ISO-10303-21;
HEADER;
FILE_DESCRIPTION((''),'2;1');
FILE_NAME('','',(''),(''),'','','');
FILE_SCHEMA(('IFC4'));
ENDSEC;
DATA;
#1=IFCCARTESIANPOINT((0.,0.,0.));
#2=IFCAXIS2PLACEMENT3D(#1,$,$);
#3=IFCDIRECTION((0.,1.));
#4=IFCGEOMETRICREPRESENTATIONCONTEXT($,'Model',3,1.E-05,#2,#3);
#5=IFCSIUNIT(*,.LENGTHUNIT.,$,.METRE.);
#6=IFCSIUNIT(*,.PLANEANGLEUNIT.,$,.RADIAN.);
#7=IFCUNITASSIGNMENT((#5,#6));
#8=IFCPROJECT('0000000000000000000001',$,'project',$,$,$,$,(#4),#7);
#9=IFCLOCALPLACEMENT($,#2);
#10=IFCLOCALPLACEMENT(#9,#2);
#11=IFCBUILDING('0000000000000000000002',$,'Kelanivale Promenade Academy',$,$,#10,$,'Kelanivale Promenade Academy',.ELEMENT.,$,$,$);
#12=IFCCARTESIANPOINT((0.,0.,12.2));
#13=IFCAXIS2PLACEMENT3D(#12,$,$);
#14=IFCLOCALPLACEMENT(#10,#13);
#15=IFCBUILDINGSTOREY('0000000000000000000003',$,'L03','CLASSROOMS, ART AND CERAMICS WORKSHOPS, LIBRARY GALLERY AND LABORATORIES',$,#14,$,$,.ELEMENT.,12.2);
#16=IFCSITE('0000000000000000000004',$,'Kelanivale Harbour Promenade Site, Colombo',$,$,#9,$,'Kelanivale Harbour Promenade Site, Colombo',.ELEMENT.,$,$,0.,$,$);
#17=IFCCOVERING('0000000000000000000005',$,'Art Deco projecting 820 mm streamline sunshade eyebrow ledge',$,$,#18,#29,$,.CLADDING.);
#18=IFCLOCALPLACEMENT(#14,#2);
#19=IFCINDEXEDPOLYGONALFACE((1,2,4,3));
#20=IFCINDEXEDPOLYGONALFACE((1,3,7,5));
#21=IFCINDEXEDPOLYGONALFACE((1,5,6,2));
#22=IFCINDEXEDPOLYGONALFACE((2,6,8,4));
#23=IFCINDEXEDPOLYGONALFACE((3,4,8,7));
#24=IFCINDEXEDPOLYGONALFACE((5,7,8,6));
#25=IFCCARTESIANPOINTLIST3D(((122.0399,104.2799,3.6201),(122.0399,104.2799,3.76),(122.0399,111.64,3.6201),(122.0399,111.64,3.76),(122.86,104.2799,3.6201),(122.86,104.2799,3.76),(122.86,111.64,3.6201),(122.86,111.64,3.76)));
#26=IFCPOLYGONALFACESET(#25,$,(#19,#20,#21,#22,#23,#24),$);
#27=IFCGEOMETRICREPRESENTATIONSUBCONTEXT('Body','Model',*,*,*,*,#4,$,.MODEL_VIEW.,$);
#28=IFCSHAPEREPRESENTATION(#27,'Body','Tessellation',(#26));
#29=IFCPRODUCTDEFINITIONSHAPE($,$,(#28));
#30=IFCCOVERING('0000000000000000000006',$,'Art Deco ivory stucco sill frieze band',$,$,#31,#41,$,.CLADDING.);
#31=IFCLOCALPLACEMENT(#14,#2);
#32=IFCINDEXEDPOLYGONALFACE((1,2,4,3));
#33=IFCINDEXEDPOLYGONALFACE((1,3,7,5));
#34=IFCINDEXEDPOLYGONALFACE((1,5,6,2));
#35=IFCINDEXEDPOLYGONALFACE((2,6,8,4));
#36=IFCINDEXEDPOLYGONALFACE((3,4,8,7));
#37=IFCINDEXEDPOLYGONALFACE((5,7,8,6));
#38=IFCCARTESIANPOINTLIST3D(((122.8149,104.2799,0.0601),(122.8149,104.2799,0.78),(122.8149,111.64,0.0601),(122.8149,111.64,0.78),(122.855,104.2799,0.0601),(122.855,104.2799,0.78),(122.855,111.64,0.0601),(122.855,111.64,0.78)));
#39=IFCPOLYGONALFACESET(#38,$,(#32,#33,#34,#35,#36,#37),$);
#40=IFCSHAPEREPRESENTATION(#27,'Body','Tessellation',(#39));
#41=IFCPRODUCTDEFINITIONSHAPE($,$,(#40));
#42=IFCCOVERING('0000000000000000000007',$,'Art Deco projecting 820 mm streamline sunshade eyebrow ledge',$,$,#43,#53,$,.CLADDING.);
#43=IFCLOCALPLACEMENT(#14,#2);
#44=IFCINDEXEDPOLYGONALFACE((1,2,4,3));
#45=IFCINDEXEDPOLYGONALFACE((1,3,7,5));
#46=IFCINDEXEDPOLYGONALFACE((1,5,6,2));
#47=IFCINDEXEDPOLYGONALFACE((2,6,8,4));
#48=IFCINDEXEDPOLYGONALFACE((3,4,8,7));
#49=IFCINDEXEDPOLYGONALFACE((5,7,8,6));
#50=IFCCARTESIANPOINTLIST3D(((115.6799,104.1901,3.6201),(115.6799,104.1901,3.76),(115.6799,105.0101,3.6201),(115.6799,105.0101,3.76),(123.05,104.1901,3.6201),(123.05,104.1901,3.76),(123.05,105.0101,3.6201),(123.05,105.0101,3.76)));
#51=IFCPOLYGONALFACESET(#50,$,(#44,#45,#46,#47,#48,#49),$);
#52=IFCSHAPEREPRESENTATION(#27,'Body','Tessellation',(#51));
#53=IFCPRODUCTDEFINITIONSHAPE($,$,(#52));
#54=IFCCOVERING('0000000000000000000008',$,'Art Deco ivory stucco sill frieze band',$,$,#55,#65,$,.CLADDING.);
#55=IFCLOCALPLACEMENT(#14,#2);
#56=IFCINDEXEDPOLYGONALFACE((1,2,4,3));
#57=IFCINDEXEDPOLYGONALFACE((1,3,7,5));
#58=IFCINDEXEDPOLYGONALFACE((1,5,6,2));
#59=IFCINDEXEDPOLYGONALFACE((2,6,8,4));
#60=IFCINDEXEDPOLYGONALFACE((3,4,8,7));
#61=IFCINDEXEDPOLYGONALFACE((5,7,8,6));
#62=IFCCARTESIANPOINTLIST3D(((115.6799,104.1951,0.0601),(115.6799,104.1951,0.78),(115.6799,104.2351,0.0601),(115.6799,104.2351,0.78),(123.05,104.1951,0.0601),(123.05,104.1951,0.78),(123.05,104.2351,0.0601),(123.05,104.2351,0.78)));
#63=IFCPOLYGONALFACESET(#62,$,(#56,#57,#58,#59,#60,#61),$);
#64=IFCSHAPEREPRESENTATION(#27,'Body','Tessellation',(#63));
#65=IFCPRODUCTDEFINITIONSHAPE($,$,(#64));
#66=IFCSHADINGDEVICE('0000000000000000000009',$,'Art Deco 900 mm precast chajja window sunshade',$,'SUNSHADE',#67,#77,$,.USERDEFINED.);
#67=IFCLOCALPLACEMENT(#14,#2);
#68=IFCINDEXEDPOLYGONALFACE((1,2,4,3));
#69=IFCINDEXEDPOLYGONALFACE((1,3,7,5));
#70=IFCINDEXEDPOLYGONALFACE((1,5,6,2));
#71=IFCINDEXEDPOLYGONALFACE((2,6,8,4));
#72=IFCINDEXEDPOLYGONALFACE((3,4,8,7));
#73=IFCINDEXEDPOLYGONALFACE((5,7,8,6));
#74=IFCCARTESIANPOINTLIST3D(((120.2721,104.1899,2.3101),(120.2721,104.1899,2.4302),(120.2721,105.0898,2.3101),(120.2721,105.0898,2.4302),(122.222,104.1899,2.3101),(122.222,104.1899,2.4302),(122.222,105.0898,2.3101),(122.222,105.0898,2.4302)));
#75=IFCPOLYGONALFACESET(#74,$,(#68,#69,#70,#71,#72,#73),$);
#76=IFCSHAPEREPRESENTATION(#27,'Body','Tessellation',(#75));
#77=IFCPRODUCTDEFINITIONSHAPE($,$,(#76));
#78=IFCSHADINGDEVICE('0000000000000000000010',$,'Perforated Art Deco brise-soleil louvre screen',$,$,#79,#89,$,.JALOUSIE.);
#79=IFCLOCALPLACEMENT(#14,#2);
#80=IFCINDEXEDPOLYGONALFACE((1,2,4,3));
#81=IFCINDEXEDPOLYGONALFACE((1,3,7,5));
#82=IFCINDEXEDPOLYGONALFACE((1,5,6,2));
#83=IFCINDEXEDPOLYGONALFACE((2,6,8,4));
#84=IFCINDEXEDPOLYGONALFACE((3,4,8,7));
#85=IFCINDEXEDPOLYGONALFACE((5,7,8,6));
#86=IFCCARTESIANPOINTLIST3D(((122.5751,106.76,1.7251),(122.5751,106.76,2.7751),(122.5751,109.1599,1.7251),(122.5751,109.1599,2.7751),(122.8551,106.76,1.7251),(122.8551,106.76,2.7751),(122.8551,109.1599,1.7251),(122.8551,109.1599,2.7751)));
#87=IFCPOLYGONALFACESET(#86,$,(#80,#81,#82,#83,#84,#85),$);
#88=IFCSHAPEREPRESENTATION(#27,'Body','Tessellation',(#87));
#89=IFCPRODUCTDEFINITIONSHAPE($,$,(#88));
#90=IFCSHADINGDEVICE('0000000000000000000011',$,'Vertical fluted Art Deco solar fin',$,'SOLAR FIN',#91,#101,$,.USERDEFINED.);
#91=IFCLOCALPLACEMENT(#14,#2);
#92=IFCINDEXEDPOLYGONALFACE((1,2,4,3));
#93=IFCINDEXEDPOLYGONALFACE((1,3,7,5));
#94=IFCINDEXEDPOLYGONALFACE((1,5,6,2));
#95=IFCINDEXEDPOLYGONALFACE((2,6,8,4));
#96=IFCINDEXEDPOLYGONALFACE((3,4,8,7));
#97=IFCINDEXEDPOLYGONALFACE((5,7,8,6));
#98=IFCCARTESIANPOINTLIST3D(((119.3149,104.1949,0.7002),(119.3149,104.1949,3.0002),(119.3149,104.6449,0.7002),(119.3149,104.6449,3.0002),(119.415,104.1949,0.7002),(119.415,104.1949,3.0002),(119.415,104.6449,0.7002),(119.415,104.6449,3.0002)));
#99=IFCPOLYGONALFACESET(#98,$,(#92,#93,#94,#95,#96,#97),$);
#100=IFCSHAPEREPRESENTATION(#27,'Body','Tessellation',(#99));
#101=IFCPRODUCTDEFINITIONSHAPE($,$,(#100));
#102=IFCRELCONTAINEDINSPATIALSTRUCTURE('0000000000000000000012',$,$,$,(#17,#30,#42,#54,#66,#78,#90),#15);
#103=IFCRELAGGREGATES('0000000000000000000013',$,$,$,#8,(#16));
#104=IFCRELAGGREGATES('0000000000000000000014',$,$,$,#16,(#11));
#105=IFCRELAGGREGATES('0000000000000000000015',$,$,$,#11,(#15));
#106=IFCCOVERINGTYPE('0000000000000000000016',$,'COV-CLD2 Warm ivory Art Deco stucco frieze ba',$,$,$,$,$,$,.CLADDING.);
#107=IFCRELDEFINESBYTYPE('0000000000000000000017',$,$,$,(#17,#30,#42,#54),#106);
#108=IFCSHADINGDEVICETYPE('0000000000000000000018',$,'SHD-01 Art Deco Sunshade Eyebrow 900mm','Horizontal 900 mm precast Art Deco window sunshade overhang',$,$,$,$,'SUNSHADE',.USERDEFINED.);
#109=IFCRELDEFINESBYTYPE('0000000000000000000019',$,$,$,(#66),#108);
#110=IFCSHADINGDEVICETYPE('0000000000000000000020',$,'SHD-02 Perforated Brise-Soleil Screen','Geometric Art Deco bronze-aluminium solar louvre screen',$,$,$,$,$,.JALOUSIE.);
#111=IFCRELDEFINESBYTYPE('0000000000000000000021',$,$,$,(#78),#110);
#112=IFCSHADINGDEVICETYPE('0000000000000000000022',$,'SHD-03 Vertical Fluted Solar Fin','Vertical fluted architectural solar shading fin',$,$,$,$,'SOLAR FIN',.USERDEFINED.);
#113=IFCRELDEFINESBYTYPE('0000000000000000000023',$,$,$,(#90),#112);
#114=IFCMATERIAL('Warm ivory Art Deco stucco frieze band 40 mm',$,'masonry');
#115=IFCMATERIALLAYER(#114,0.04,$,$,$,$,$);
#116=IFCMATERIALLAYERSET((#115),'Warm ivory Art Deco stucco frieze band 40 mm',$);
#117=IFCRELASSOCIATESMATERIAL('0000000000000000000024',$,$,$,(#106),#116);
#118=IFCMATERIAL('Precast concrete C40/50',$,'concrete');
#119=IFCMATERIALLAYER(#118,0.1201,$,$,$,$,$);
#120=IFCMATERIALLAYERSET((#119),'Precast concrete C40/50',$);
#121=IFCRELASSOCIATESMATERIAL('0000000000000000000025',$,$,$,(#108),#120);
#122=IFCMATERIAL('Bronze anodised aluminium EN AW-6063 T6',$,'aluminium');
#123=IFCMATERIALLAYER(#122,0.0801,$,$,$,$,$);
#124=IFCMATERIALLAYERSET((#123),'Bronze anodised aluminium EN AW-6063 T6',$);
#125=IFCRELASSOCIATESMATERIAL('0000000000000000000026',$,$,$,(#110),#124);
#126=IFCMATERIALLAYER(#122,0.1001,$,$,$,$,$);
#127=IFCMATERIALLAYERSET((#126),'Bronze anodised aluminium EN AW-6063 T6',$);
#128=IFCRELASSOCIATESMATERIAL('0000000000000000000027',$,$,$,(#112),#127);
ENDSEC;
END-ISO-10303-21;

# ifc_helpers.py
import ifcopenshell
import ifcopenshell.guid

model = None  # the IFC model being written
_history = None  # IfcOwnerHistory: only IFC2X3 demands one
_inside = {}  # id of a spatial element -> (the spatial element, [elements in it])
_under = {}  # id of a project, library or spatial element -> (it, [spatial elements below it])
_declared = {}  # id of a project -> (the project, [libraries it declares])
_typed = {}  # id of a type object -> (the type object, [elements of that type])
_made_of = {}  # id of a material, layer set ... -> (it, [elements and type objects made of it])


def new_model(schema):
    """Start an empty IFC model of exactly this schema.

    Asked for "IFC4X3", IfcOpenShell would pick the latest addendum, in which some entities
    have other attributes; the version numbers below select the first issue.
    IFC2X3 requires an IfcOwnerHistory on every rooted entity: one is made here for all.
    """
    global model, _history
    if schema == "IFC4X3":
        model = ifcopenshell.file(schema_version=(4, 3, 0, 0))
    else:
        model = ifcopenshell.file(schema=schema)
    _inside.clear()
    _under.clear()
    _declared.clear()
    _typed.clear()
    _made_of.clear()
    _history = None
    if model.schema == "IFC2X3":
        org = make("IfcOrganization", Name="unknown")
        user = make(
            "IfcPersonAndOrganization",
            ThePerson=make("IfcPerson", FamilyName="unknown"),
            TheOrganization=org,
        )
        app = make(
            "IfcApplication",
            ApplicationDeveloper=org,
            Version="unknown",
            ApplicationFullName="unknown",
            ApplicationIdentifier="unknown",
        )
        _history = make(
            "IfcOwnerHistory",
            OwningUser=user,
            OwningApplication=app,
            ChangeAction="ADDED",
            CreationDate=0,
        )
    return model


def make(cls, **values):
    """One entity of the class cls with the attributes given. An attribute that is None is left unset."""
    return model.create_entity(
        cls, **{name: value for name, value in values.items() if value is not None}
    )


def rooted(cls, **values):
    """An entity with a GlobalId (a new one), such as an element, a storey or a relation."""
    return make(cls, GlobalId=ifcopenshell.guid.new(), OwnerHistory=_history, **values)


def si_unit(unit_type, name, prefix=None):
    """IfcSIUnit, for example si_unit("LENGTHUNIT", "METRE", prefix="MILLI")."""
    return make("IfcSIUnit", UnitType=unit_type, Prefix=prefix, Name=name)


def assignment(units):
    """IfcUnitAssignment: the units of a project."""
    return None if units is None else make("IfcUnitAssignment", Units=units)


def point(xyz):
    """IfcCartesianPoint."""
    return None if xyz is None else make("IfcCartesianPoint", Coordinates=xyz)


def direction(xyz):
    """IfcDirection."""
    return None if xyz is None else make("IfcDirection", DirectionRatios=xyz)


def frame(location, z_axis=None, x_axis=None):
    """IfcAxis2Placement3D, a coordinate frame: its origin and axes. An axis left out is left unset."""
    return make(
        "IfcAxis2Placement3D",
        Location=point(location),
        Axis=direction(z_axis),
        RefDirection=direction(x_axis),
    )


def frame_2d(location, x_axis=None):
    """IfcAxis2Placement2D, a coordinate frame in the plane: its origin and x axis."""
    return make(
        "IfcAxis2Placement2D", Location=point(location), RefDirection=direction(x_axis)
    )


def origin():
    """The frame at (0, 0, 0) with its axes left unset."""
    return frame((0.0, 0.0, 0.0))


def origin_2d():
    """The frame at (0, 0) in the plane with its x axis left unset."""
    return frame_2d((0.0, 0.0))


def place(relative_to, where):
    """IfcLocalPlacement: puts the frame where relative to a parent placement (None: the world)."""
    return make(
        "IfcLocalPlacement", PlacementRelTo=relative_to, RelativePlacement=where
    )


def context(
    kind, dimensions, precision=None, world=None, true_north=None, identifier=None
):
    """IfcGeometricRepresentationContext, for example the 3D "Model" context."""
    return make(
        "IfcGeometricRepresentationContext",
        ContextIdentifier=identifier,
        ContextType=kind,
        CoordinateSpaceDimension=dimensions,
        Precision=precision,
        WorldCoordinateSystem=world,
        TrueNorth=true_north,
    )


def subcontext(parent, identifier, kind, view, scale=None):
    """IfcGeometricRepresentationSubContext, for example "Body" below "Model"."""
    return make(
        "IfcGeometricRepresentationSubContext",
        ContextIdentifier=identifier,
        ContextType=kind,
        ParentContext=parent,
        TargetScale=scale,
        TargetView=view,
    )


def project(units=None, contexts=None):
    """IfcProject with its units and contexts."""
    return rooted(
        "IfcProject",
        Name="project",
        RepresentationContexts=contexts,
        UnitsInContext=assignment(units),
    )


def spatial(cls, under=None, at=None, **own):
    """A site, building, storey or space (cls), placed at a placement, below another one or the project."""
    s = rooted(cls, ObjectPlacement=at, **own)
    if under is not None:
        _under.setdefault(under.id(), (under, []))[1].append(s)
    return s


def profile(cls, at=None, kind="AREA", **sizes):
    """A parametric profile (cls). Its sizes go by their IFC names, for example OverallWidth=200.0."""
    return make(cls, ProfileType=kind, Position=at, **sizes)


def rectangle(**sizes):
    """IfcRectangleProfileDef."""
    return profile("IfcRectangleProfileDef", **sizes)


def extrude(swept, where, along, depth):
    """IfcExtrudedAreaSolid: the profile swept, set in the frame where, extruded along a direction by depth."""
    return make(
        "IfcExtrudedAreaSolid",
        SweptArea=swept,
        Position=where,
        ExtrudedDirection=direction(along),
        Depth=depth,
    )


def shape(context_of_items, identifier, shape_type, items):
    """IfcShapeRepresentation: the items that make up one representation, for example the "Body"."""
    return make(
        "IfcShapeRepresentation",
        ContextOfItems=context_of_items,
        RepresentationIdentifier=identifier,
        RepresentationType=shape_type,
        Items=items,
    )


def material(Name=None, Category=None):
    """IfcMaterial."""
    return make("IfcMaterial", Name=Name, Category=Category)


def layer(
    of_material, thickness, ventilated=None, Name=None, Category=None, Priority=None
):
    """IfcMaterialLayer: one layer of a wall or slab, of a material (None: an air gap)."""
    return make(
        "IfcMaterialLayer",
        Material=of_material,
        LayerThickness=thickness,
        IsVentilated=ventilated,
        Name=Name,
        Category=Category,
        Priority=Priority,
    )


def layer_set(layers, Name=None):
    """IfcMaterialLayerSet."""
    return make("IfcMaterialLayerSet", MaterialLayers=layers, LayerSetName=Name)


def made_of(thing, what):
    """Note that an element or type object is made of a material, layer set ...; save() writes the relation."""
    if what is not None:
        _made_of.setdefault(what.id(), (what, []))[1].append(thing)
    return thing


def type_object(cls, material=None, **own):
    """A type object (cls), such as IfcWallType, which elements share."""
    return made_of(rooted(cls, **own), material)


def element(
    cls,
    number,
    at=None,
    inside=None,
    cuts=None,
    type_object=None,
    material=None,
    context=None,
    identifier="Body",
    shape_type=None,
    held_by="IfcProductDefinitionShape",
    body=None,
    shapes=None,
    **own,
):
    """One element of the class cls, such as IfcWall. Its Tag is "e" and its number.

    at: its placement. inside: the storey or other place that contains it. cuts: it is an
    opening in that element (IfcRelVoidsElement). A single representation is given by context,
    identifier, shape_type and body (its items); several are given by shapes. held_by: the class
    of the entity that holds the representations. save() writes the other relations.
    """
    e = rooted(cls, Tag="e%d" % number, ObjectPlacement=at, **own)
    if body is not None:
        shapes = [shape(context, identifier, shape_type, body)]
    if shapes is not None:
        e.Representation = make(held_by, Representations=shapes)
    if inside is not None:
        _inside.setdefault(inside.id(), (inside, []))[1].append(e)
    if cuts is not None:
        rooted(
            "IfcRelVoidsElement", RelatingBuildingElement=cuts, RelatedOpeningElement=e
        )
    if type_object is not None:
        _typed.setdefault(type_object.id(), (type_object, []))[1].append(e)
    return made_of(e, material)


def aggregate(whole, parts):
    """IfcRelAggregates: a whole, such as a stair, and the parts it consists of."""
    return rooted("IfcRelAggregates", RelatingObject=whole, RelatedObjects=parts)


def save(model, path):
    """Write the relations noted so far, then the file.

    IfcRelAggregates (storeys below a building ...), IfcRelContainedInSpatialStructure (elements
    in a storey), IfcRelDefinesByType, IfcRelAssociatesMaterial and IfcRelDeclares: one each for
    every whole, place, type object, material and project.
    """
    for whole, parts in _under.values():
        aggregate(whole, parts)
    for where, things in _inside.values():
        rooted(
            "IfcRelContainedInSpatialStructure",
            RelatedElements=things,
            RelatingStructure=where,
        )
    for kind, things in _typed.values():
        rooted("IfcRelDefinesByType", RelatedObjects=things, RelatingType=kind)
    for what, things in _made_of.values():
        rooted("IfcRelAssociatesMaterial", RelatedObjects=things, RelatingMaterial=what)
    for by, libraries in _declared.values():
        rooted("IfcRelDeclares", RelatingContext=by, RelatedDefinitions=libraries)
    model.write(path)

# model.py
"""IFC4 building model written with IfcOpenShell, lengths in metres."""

from ifc_helpers import new_model, si_unit, direction, frame, origin, origin_2d, place, context, subcontext, project, spatial, rectangle, extrude, material, layer, layer_set, type_object, element, save


model = new_model("IFC4")

# Units and contexts
model_context = context("Model", 3, precision=1e-05, world=origin(), true_north=direction((0.0, 1.0)))
body_context = subcontext(model_context, "Body", "Model", "MODEL_VIEW")
ifc_project = project(units=[si_unit("LENGTHUNIT", "METRE"), si_unit("PLANEANGLEUNIT", "RADIAN")], contexts=[model_context])

# Site, building, storey
site_placement = place(None, origin())
site = spatial("IfcSite", under=ifc_project, at=site_placement, Name="Kelanivale Harbour Promenade Site, Colombo", LongName="Kelanivale Harbour Promenade Site, Colombo", CompositionType="ELEMENT", RefElevation=0.0)
building_placement = place(site_placement, origin())
building = spatial("IfcBuilding", under=site, at=building_placement, Name="Kelanivale Promenade Academy", LongName="Kelanivale Promenade Academy", CompositionType="ELEMENT")
storey_placement = place(building_placement, frame((0.0, 0.0, 12.2)))
storey = spatial("IfcBuildingStorey", under=building, at=storey_placement, Name="L03", Description="CLASSROOMS, ART AND CERAMICS WORKSHOPS, LIBRARY GALLERY AND LABORATORIES", CompositionType="ELEMENT", Elevation=12.2)

# Coverings
ifc_material_1 = material(Name="Warm ivory Art Deco stucco frieze band 40 mm", Category="masonry")
ifc_layer_1 = layer(ifc_material_1, 0.04)
ifc_layer_set_1 = layer_set([ifc_layer_1], Name="Warm ivory Art Deco stucco frieze band 40 mm")
covering_type = type_object("IfcCoveringType", Name="COV-CLD2 Warm ivory Art Deco stucco frieze ba", PredefinedType="CLADDING", material=ifc_layer_set_1)
covering_1_placement = place(storey_placement, frame((122.45, 107.96, 3.6201), z_axis=(0.0, 0.0, 1.0), x_axis=(0.0, -1.0, 0.0)))
element("IfcCovering", 1, at=covering_1_placement, inside=storey, type_object=covering_type, Name="Art Deco projecting 820 mm streamline sunshade eyebrow ledge", PredefinedType="CLADDING", context=body_context, shape_type="SweptSolid", body=[
    extrude(rectangle(XDim=7.3601, YDim=0.8201, at=origin_2d()), origin(), (0.0, 0.0, 1.0), 0.1399),
])
covering_2_placement = place(storey_placement, frame((122.835, 107.96, 0.0601), z_axis=(0.0, 0.0, 1.0), x_axis=(0.0, -1.0, 0.0)))
element("IfcCovering", 2, at=covering_2_placement, inside=storey, type_object=covering_type, Name="Art Deco ivory stucco sill frieze band", PredefinedType="CLADDING", context=body_context, shape_type="SweptSolid", body=[
    extrude(rectangle(XDim=7.3601, YDim=0.04, at=origin_2d()), origin(), (0.0, 0.0, 1.0), 0.72),
])
covering_3_placement = place(storey_placement, frame((119.365, 104.6001, 3.6201), z_axis=(0.0, 0.0, 1.0), x_axis=(-1.0, 0.0, 0.0)))
element("IfcCovering", 3, at=covering_3_placement, inside=storey, type_object=covering_type, Name="Art Deco projecting 820 mm streamline sunshade eyebrow ledge", PredefinedType="CLADDING", context=body_context, shape_type="SweptSolid", body=[
    extrude(rectangle(XDim=7.3701, YDim=0.8201, at=origin_2d()), origin(), (0.0, 0.0, 1.0), 0.1399),
])
covering_4_placement = place(storey_placement, frame((119.365, 104.2151, 0.0601), z_axis=(0.0, 0.0, 1.0), x_axis=(-1.0, 0.0, 0.0)))
element("IfcCovering", 4, at=covering_4_placement, inside=storey, type_object=covering_type, Name="Art Deco ivory stucco sill frieze band", PredefinedType="CLADDING", context=body_context, shape_type="SweptSolid", body=[
    extrude(rectangle(XDim=7.3701, YDim=0.04, at=origin_2d()), origin(), (0.0, 0.0, 1.0), 0.72),
])

# Shading devices
ifc_material_2 = material(Name="Precast concrete C40/50", Category="concrete")
ifc_layer_2 = layer(ifc_material_2, 0.1201)
ifc_layer_set_2 = layer_set([ifc_layer_2], Name="Precast concrete C40/50")
shading_device_type_1 = type_object("IfcShadingDeviceType", Name="SHD-01 Art Deco Sunshade Eyebrow 900mm", Description="Horizontal 900 mm precast Art Deco window sunshade overhang", ElementType="SUNSHADE", PredefinedType="USERDEFINED", material=ifc_layer_set_2)
shading_device_1_placement = place(storey_placement, frame((121.2471, 104.6399, 2.3101), z_axis=(0.0, 0.0, 1.0), x_axis=(-1.0, 0.0, 0.0)))
element("IfcShadingDevice", 5, at=shading_device_1_placement, inside=storey, type_object=shading_device_type_1, Name="Art Deco 900 mm precast chajja window sunshade", ObjectType="SUNSHADE", PredefinedType="USERDEFINED", context=body_context, shape_type="SweptSolid", body=[
    extrude(rectangle(XDim=1.95, YDim=0.8999, at=origin_2d()), origin(), (0.0, 0.0, 1.0), 0.1201),
])
ifc_material_3 = material(Name="Bronze anodised aluminium EN AW-6063 T6", Category="aluminium")
ifc_layer_3 = layer(ifc_material_3, 0.0801)
ifc_layer_set_3 = layer_set([ifc_layer_3], Name="Bronze anodised aluminium EN AW-6063 T6")
shading_device_type_2 = type_object("IfcShadingDeviceType", Name="SHD-02 Perforated Brise-Soleil Screen", Description="Geometric Art Deco bronze-aluminium solar louvre screen", PredefinedType="JALOUSIE", material=ifc_layer_set_3)
shading_device_2_placement = place(storey_placement, frame((122.7151, 107.96, 1.7251), z_axis=(0.0, 0.0, 1.0), x_axis=(0.0, -1.0, 0.0)))
element("IfcShadingDevice", 6, at=shading_device_2_placement, inside=storey, type_object=shading_device_type_2, Name="Perforated Art Deco brise-soleil louvre screen", PredefinedType="JALOUSIE", context=body_context, shape_type="SweptSolid", body=[
    extrude(rectangle(XDim=2.3999, YDim=0.28, at=origin_2d()), origin(), (0.0, 0.0, 1.0), 1.05),
])
ifc_layer_4 = layer(ifc_material_3, 0.1001)
ifc_layer_set_4 = layer_set([ifc_layer_4], Name="Bronze anodised aluminium EN AW-6063 T6")
shading_device_type_3 = type_object("IfcShadingDeviceType", Name="SHD-03 Vertical Fluted Solar Fin", Description="Vertical fluted architectural solar shading fin", ElementType="SOLAR FIN", PredefinedType="USERDEFINED", material=ifc_layer_set_4)
shading_device_3_placement = place(storey_placement, frame((119.365, 104.4199, 0.7002), z_axis=(0.0, 0.0, 1.0), x_axis=(-1.0, 0.0, 0.0)))
element("IfcShadingDevice", 7, at=shading_device_3_placement, inside=storey, type_object=shading_device_type_3, Name="Vertical fluted Art Deco solar fin", ObjectType="SOLAR FIN", PredefinedType="USERDEFINED", context=body_context, shape_type="SweptSolid", body=[
    extrude(rectangle(XDim=0.1001, YDim=0.45, at=origin_2d()), origin(), (0.0, 0.0, 1.0), 2.3),
])

save(model, "model.ifc")
